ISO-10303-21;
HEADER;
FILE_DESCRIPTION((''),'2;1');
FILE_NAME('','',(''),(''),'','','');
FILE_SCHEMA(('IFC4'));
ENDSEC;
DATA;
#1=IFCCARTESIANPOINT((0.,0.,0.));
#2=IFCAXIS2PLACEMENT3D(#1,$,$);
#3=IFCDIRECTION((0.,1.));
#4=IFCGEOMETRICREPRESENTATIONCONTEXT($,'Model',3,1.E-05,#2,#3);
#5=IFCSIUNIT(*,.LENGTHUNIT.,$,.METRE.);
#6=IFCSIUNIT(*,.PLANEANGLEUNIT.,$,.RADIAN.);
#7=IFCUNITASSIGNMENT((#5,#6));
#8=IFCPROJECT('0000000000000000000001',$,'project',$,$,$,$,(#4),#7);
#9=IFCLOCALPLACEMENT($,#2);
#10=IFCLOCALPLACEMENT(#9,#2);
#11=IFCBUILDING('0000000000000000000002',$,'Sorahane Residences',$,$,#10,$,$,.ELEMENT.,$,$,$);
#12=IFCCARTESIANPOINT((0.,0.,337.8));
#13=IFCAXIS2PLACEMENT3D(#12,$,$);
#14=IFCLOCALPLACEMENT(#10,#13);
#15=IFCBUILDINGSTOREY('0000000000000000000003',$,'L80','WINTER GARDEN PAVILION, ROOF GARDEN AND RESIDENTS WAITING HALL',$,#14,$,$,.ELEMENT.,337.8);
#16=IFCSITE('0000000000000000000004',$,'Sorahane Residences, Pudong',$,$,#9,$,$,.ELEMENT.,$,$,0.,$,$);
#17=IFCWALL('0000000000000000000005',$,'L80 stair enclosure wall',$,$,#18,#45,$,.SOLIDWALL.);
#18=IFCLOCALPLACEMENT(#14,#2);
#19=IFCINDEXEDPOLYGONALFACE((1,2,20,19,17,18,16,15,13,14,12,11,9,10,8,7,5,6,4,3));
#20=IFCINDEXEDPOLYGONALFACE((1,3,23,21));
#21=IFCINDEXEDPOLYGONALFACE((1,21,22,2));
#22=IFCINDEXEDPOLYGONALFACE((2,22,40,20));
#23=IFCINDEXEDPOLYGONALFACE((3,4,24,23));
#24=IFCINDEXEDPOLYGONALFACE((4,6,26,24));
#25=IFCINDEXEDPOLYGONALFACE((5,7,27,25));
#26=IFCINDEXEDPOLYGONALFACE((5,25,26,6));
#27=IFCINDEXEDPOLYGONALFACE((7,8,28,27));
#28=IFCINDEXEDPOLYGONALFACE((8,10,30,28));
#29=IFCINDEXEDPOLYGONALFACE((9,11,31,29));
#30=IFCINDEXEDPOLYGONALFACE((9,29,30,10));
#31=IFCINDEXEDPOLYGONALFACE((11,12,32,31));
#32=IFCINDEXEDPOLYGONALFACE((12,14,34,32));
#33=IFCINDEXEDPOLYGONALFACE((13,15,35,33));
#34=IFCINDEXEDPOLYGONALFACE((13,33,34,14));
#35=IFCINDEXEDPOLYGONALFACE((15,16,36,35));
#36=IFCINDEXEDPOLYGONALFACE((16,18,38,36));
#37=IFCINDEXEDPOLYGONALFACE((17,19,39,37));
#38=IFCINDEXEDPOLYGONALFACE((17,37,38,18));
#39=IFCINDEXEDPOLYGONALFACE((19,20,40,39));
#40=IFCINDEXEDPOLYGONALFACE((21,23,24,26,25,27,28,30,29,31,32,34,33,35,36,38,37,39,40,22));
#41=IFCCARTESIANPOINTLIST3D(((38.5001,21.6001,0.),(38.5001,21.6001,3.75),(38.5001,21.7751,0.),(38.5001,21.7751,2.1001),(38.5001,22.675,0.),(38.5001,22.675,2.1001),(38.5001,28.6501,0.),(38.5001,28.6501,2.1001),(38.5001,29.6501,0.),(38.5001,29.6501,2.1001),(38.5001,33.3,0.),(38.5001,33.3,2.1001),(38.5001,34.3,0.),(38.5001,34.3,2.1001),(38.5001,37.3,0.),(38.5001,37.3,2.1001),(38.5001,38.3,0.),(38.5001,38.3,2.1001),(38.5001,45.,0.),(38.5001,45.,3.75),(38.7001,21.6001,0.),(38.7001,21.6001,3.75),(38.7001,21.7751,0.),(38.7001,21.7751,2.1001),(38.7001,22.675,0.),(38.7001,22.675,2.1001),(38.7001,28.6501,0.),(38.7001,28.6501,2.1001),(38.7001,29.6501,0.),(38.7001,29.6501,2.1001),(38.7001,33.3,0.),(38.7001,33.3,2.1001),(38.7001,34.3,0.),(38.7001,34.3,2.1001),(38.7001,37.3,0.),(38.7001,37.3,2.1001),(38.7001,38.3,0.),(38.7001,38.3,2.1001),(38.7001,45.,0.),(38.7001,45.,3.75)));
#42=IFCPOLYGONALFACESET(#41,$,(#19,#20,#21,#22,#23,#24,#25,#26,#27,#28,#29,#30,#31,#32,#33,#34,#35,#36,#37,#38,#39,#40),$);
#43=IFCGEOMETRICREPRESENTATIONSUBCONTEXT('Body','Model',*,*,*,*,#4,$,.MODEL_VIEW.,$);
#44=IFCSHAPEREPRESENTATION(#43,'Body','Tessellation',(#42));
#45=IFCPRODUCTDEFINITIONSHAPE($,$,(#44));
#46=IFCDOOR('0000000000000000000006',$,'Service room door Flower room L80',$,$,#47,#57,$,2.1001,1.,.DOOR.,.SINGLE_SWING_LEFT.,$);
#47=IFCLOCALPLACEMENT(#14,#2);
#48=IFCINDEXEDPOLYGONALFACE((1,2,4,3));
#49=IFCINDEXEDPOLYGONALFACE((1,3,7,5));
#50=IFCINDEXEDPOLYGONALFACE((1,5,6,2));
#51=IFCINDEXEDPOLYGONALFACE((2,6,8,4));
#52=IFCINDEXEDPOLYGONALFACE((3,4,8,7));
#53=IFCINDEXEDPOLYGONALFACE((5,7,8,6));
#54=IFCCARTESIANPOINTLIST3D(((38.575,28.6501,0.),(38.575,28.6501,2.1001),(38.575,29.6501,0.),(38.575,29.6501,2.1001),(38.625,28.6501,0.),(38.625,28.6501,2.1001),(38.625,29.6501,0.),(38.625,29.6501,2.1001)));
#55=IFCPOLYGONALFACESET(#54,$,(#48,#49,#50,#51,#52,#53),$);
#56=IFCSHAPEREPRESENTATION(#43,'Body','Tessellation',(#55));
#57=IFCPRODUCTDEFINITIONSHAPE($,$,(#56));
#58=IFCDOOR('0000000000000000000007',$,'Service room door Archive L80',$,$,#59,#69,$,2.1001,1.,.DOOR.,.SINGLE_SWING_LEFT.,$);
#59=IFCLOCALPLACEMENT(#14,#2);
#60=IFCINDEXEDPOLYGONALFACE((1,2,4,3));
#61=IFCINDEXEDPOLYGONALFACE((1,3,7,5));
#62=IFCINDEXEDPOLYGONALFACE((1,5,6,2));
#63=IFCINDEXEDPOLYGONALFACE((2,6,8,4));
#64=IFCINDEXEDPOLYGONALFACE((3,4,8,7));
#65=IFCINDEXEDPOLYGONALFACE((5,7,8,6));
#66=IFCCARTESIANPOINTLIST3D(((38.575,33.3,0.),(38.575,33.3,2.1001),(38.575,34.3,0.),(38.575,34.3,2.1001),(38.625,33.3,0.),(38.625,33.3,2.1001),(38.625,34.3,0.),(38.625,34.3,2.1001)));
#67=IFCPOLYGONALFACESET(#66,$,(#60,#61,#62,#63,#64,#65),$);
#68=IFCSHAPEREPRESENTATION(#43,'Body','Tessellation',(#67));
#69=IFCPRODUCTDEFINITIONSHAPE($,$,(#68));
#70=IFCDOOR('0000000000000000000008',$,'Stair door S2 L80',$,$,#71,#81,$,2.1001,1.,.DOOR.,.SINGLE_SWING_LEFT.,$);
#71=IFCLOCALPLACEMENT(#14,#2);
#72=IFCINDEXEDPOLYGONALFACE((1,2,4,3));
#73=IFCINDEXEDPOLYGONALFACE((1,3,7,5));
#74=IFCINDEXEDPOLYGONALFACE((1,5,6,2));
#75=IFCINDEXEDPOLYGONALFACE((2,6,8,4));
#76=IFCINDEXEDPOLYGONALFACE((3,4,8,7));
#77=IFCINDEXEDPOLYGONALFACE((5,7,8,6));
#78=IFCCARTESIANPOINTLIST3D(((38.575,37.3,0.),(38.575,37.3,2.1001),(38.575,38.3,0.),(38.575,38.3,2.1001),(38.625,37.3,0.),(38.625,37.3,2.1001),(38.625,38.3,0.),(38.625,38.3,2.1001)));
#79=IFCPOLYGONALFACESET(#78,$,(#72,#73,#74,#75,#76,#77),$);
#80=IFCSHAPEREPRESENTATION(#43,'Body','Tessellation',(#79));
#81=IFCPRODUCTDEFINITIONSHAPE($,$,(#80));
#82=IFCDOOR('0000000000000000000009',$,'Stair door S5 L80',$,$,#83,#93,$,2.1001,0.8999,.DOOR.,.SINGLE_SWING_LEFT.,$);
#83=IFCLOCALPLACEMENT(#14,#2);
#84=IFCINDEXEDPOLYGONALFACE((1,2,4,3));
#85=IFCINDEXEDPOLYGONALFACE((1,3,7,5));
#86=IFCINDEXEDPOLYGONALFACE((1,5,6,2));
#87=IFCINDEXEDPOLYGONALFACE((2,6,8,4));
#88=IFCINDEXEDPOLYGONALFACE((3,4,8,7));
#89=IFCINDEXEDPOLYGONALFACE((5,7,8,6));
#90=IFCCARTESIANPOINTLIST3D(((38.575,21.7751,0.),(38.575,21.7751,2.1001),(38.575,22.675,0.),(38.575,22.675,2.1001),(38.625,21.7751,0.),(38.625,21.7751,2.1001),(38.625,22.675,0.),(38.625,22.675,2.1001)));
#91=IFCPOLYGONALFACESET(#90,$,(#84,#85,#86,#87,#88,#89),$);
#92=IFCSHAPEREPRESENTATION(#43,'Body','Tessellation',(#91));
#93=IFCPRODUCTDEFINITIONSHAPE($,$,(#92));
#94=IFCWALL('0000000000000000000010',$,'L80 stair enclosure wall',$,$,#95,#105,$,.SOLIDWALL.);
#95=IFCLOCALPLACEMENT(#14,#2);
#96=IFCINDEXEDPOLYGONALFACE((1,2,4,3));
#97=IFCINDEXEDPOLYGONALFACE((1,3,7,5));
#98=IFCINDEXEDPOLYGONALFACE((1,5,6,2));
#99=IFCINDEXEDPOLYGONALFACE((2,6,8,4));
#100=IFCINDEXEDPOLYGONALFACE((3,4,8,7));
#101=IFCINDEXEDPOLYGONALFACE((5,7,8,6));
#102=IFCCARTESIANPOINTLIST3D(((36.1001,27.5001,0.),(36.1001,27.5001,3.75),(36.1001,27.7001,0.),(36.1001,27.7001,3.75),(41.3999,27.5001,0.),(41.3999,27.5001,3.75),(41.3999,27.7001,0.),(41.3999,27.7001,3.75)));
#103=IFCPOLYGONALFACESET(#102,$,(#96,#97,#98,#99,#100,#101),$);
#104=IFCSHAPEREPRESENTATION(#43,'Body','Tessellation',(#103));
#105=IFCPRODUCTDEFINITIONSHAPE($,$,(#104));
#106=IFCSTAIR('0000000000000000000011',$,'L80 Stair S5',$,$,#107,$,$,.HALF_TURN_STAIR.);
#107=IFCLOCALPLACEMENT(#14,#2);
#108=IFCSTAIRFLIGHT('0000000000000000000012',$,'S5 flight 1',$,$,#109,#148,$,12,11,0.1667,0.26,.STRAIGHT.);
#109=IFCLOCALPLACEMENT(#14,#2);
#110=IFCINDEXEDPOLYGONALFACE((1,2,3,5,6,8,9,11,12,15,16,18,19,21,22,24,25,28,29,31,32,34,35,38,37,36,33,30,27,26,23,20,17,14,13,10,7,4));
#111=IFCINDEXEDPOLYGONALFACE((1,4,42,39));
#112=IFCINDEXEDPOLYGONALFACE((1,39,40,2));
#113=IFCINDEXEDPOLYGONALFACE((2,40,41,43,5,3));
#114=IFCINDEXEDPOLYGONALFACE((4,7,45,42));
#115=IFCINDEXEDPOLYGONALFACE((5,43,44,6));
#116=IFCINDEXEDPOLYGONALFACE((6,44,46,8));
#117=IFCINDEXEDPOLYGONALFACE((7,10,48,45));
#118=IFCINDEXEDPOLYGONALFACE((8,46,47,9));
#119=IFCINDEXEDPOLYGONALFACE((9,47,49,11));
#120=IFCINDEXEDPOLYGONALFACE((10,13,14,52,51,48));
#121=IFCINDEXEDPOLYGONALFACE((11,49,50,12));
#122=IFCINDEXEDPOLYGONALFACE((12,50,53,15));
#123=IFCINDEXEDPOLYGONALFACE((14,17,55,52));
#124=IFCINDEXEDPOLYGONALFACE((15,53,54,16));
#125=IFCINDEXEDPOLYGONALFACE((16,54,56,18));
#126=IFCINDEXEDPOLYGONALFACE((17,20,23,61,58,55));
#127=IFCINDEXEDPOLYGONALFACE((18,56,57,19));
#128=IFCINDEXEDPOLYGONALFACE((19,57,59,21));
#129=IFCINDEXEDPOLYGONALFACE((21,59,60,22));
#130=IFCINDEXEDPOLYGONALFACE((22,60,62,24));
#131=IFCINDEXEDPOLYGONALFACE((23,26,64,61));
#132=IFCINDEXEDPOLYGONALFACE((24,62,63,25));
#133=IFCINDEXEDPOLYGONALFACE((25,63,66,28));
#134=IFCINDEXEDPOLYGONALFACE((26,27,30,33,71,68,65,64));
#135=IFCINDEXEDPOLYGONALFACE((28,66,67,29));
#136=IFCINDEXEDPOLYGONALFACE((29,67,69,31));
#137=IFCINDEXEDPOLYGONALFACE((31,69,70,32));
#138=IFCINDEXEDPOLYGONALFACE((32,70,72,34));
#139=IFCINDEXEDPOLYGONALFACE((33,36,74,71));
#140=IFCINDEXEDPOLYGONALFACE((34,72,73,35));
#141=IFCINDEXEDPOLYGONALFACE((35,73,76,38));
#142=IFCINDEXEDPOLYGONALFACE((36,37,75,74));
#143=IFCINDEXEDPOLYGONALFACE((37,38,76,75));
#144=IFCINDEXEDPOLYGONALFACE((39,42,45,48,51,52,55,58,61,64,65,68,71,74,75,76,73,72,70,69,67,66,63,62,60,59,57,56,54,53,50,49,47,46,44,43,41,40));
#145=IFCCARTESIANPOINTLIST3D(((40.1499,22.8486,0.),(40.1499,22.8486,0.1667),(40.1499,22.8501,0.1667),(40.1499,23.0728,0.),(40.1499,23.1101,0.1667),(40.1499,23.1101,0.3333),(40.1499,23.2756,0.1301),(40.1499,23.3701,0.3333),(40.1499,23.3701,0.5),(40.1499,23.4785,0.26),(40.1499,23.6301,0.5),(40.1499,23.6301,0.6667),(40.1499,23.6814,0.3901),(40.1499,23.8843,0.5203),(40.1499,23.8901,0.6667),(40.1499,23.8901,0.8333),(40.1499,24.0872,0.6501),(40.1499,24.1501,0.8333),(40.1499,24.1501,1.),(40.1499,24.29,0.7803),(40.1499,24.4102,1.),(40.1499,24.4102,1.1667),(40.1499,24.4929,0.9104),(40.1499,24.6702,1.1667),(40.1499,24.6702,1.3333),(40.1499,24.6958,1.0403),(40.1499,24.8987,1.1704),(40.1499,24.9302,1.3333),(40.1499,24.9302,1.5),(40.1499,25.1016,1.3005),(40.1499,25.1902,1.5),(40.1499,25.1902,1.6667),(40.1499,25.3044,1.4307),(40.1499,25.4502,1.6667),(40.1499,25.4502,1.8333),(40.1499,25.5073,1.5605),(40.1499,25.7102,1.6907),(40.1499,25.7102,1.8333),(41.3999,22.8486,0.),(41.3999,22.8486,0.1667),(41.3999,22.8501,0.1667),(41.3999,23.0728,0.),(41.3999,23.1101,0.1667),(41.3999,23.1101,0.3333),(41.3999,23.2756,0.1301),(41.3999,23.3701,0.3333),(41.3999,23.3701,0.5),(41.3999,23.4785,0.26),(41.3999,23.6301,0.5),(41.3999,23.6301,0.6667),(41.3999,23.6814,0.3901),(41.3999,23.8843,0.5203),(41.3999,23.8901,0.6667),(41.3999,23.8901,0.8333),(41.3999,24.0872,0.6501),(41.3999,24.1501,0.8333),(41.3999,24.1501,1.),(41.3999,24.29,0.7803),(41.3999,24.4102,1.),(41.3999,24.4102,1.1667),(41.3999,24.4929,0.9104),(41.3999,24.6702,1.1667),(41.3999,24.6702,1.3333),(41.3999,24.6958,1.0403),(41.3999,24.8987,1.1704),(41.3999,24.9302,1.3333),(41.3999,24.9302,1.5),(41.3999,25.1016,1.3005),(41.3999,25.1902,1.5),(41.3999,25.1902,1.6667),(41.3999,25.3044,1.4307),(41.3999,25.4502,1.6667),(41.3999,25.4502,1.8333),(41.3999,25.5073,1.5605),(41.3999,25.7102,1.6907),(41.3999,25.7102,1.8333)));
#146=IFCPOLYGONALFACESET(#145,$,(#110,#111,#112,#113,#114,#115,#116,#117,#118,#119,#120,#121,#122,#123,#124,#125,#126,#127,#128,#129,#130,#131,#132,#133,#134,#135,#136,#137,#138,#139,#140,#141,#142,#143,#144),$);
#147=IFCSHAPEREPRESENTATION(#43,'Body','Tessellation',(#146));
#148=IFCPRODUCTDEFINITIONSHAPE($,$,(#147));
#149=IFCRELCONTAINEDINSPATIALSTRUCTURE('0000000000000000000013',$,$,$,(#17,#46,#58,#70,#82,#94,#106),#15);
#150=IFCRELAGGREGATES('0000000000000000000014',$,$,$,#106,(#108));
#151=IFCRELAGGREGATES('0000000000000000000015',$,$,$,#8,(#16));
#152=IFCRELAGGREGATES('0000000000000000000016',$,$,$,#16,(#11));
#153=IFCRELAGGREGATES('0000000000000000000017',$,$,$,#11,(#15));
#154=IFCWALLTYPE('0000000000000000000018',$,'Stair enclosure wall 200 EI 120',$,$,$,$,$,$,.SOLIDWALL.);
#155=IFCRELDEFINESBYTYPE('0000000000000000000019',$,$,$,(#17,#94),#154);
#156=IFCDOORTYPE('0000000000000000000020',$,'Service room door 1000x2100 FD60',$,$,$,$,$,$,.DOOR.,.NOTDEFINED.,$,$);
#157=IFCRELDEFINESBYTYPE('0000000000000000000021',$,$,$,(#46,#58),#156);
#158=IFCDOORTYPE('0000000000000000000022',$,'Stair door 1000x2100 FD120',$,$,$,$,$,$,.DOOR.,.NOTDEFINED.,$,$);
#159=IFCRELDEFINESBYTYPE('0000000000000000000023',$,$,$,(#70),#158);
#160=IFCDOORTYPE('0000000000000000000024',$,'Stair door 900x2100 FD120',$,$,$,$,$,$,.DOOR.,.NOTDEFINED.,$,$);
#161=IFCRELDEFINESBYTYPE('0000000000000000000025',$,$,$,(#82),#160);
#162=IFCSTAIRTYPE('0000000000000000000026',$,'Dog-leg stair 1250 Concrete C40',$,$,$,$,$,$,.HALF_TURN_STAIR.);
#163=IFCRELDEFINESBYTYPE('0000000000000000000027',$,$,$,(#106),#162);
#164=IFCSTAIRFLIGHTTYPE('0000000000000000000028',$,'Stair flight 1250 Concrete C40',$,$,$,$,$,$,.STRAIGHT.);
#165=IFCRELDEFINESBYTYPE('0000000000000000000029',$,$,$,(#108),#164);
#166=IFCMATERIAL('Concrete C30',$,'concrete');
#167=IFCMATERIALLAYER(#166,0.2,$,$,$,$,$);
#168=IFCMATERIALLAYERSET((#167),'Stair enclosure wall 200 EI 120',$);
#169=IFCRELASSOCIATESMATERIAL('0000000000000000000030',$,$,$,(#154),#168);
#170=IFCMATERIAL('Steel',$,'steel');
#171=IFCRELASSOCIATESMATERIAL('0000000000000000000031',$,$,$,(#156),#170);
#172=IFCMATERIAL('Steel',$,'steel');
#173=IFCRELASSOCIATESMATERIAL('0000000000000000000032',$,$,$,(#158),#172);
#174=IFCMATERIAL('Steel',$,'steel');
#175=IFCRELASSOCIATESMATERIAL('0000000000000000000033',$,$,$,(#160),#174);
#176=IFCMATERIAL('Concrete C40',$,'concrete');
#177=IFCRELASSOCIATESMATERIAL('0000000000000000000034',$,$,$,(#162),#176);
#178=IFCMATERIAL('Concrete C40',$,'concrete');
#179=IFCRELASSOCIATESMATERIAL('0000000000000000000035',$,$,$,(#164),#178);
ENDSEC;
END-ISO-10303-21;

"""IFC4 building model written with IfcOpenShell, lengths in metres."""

from ifc_helpers import new_model, si_unit, direction, frame, frame_2d, origin, place, context, subcontext, project, spatial, polyline, rectangle, outline, extrude, material, layer, layer_set, type_object, element, fill, aggregate, save


model = new_model("IFC4")

# Units and contexts
model_context = context("Model", 3, precision=1e-05, world=origin(), true_north=direction((0.0, 1.0)))
body_context = subcontext(model_context, "Body", "Model", "MODEL_VIEW")
ifc_project = project(units=[si_unit("LENGTHUNIT", "METRE"), si_unit("PLANEANGLEUNIT", "RADIAN")], contexts=[model_context])

# Site, building, storey
site_placement = place(None, origin())
site = spatial("IfcSite", under=ifc_project, at=site_placement, Name="Sorahane Residences, Pudong", CompositionType="ELEMENT", RefElevation=0.0)
building_placement = place(site_placement, origin())
building = spatial("IfcBuilding", under=site, at=building_placement, Name="Sorahane Residences", CompositionType="ELEMENT")
storey_placement = place(building_placement, frame((0.0, 0.0, 337.8)))
storey = spatial("IfcBuildingStorey", under=building, at=storey_placement, Name="L80", Description="WINTER GARDEN PAVILION, ROOF GARDEN AND RESIDENTS WAITING HALL", CompositionType="ELEMENT", Elevation=337.8)

# Wall, openings, doors
ifc_material_1 = material(Name="Concrete C30", Category="concrete")
ifc_layer_1 = layer(ifc_material_1, 0.2)
ifc_layer_set_1 = layer_set([ifc_layer_1], Name="Stair enclosure wall 200 EI 120")
wall_type_1 = type_object("IfcWallType", Name="Stair enclosure wall 200 EI 120", PredefinedType="SOLIDWALL", material=ifc_layer_set_1)
wall_1_placement = place(storey_placement, frame((38.6001, 21.6001, 0.0), z_axis=(0.0, 0.0, 1.0), x_axis=(0.0, 1.0, 0.0)))
wall_1 = element("IfcWall", 1, at=wall_1_placement, inside=storey, type_object=wall_type_1, Name="L80 stair enclosure wall", PredefinedType="SOLIDWALL", context=body_context, shape_type="SweptSolid", body=[
    extrude(rectangle(XDim=23.3999, YDim=0.2, at=frame_2d((11.7, 0.0))), origin(), (0.0, 0.0, 1.0), 3.75),
])
opening_1_placement = place(wall_1_placement, frame((7.05, 0.0, 0.0)))
opening_1 = element("IfcOpeningElement", 2, at=opening_1_placement, cuts=wall_1, PredefinedType="OPENING", context=body_context, shape_type="SweptSolid", body=[
    extrude(rectangle(XDim=1.0, YDim=2.1001, at=frame_2d((0.5, 1.05))), frame((0.0, 0.1099, 0.0), z_axis=(0.0, -1.0, 0.0), x_axis=(1.0, 0.0, 0.0)), (0.0, 0.0, 1.0), 0.22),
])
opening_2_placement = place(wall_1_placement, frame((11.7, 0.0, 0.0)))
opening_2 = element("IfcOpeningElement", 3, at=opening_2_placement, cuts=wall_1, PredefinedType="OPENING", context=body_context, shape_type="SweptSolid", body=[
    extrude(rectangle(XDim=1.0, YDim=2.1001, at=frame_2d((0.5, 1.05))), frame((0.0, 0.1099, 0.0), z_axis=(0.0, -1.0, 0.0), x_axis=(1.0, 0.0, 0.0)), (0.0, 0.0, 1.0), 0.22),
])
opening_3_placement = place(wall_1_placement, frame((15.7, 0.0, 0.0)))
opening_3 = element("IfcOpeningElement", 4, at=opening_3_placement, cuts=wall_1, PredefinedType="OPENING", context=body_context, shape_type="SweptSolid", body=[
    extrude(rectangle(XDim=1.0, YDim=2.1001, at=frame_2d((0.5, 1.05))), frame((0.0, 0.1099, 0.0), z_axis=(0.0, -1.0, 0.0), x_axis=(1.0, 0.0, 0.0)), (0.0, 0.0, 1.0), 0.22),
])
opening_4_placement = place(wall_1_placement, frame((0.175, 0.0, 0.0)))
opening_4 = element("IfcOpeningElement", 5, at=opening_4_placement, cuts=wall_1, PredefinedType="OPENING", context=body_context, shape_type="SweptSolid", body=[
    extrude(rectangle(XDim=0.8999, YDim=2.1001, at=frame_2d((0.45, 1.05))), frame((0.0, 0.1099, 0.0), z_axis=(0.0, -1.0, 0.0), x_axis=(1.0, 0.0, 0.0)), (0.0, 0.0, 1.0), 0.22),
])
ifc_material_2 = material(Name="Steel", Category="steel")
door_type_1 = type_object("IfcDoorType", Name="Service room door 1000x2100 FD60", OperationType="NOTDEFINED", PredefinedType="DOOR", material=ifc_material_2)
door_1_placement = place(opening_1_placement, frame((1.0, 0.0, 0.0), z_axis=(0.0, 0.0, 1.0), x_axis=(-1.0, 0.0, 0.0)))
door_1 = element("IfcDoor", 6, at=door_1_placement, inside=storey, type_object=door_type_1, Name="Service room door Flower room L80", OperationType="SINGLE_SWING_LEFT", OverallHeight=2.1001, OverallWidth=1.0, PredefinedType="DOOR", context=body_context, shape_type="SweptSolid", body=[
    extrude(rectangle(XDim=1.0, YDim=2.1001, at=frame_2d((0.5, 1.05))), frame((0.0, 0.0249, 0.0), z_axis=(0.0, -1.0, 0.0), x_axis=(1.0, 0.0, 0.0)), (0.0, 0.0, 1.0), 0.05),
])
fill(opening_1, door_1)
door_2_placement = place(opening_2_placement, frame((1.0, 0.0, 0.0), z_axis=(0.0, 0.0, 1.0), x_axis=(-1.0, 0.0, 0.0)))
door_2 = element("IfcDoor", 7, at=door_2_placement, inside=storey, type_object=door_type_1, Name="Service room door Archive L80", OperationType="SINGLE_SWING_LEFT", OverallHeight=2.1001, OverallWidth=1.0, PredefinedType="DOOR", context=body_context, shape_type="SweptSolid", body=[
    extrude(rectangle(XDim=1.0, YDim=2.1001, at=frame_2d((0.5, 1.05))), frame((0.0, 0.0249, 0.0), z_axis=(0.0, -1.0, 0.0), x_axis=(1.0, 0.0, 0.0)), (0.0, 0.0, 1.0), 0.05),
])
fill(opening_2, door_2)
ifc_material_3 = material(Name="Steel", Category="steel")
door_type_2 = type_object("IfcDoorType", Name="Stair door 1000x2100 FD120", OperationType="NOTDEFINED", PredefinedType="DOOR", material=ifc_material_3)
door_3_placement = place(opening_3_placement, frame((1.0, 0.0, 0.0), z_axis=(0.0, 0.0, 1.0), x_axis=(-1.0, 0.0, 0.0)))
door_3 = element("IfcDoor", 8, at=door_3_placement, inside=storey, type_object=door_type_2, Name="Stair door S2 L80", OperationType="SINGLE_SWING_LEFT", OverallHeight=2.1001, OverallWidth=1.0, PredefinedType="DOOR", context=body_context, shape_type="SweptSolid", body=[
    extrude(rectangle(XDim=1.0, YDim=2.1001, at=frame_2d((0.5, 1.05))), frame((0.0, 0.0249, 0.0), z_axis=(0.0, -1.0, 0.0), x_axis=(1.0, 0.0, 0.0)), (0.0, 0.0, 1.0), 0.05),
])
fill(opening_3, door_3)
ifc_material_4 = material(Name="Steel", Category="steel")
door_type_3 = type_object("IfcDoorType", Name="Stair door 900x2100 FD120", OperationType="NOTDEFINED", PredefinedType="DOOR", material=ifc_material_4)
door_4_placement = place(opening_4_placement, frame((0.8999, 0.0, 0.0), z_axis=(0.0, 0.0, 1.0), x_axis=(-1.0, 0.0, 0.0)))
door_4 = element("IfcDoor", 9, at=door_4_placement, inside=storey, type_object=door_type_3, Name="Stair door S5 L80", OperationType="SINGLE_SWING_LEFT", OverallHeight=2.1001, OverallWidth=0.8999, PredefinedType="DOOR", context=body_context, shape_type="SweptSolid", body=[
    extrude(rectangle(XDim=0.8999, YDim=2.1001, at=frame_2d((0.45, 1.05))), frame((0.0, 0.0249, 0.0), z_axis=(0.0, -1.0, 0.0), x_axis=(1.0, 0.0, 0.0)), (0.0, 0.0, 1.0), 0.05),
])
fill(opening_4, door_4)

# Wall
wall_2_placement = place(storey_placement, frame((36.1001, 27.6001, 0.0), z_axis=(0.0, 0.0, 1.0), x_axis=(1.0, 0.0, 0.0)))
element("IfcWall", 10, at=wall_2_placement, inside=storey, type_object=wall_type_1, Name="L80 stair enclosure wall", PredefinedType="SOLIDWALL", context=body_context, shape_type="SweptSolid", body=[
    extrude(rectangle(XDim=5.2998, YDim=0.2, at=frame_2d((2.6499, 0.0))), origin(), (0.0, 0.0, 1.0), 3.75),
])

# Stair, stair flight
ifc_material_5 = material(Name="Concrete C40", Category="concrete")
stair_type = type_object("IfcStairType", Name="Dog-leg stair 1250 Concrete C40", PredefinedType="HALF_TURN_STAIR", material=ifc_material_5)
stair_placement = place(storey_placement, origin())
stair = element("IfcStair", 11, at=stair_placement, inside=storey, type_object=stair_type, Name="L80 Stair S5", PredefinedType="HALF_TURN_STAIR")
ifc_material_6 = material(Name="Concrete C40", Category="concrete")
stair_flight_type = type_object("IfcStairFlightType", Name="Stair flight 1250 Concrete C40", PredefinedType="STRAIGHT", material=ifc_material_6)
stair_flight_1_placement = place(storey_placement, frame((40.7749, 22.8501, 0.0), z_axis=(0.0, 0.0, 1.0), x_axis=(0.0, 1.0, 0.0)))
stair_flight_1 = element("IfcStairFlight", 12, at=stair_flight_1_placement, type_object=stair_flight_type, Name="S5 flight 1", NumberOfRisers=12, NumberOfTreads=11, PredefinedType="STRAIGHT", RiserHeight=0.1667, TreadLength=0.26, context=body_context, shape_type="SweptSolid", body=[
    extrude(outline(polyline([(-0.0015, 0.0), (-0.0015, 0.1667), (0.0, 0.1667), (0.26, 0.1667), (0.26, 0.3333), (0.52, 0.3333), (0.52, 0.5), (0.78, 0.5), (0.78, 0.6667), (1.04, 0.6667), (1.04, 0.8333), (1.3, 0.8333), (1.3, 1.0), (1.5601, 1.0), (1.5601, 1.1667), (1.8201, 1.1667), (1.8201, 1.3333), (2.0801, 1.3333), (2.0801, 1.5), (2.3401, 1.5), (2.3401, 1.6667), (2.6001, 1.6667), (2.6001, 1.8333), (2.8601, 1.8333), (2.8601, 2.0), (2.8601, 1.6907), (2.6572, 1.5605), (2.4543, 1.4307), (2.2515, 1.3005), (2.0486, 1.1704), (1.8457, 1.0403), (1.6428, 0.9104), (1.4399, 0.7803), (1.2371, 0.6501), (1.0342, 0.5203), (0.8313, 0.3901), (0.6284, 0.26), (0.4255, 0.1301), (0.2227, 0.0), (-0.0015, 0.0)])), frame((0.0, 0.625, 0.0), z_axis=(0.0, -1.0, 0.0), x_axis=(1.0, 0.0, 0.0)), (0.0, 0.0, 1.0), 1.25),
])
aggregate(stair, [stair_flight_1])

save(model, "model.ifc")
